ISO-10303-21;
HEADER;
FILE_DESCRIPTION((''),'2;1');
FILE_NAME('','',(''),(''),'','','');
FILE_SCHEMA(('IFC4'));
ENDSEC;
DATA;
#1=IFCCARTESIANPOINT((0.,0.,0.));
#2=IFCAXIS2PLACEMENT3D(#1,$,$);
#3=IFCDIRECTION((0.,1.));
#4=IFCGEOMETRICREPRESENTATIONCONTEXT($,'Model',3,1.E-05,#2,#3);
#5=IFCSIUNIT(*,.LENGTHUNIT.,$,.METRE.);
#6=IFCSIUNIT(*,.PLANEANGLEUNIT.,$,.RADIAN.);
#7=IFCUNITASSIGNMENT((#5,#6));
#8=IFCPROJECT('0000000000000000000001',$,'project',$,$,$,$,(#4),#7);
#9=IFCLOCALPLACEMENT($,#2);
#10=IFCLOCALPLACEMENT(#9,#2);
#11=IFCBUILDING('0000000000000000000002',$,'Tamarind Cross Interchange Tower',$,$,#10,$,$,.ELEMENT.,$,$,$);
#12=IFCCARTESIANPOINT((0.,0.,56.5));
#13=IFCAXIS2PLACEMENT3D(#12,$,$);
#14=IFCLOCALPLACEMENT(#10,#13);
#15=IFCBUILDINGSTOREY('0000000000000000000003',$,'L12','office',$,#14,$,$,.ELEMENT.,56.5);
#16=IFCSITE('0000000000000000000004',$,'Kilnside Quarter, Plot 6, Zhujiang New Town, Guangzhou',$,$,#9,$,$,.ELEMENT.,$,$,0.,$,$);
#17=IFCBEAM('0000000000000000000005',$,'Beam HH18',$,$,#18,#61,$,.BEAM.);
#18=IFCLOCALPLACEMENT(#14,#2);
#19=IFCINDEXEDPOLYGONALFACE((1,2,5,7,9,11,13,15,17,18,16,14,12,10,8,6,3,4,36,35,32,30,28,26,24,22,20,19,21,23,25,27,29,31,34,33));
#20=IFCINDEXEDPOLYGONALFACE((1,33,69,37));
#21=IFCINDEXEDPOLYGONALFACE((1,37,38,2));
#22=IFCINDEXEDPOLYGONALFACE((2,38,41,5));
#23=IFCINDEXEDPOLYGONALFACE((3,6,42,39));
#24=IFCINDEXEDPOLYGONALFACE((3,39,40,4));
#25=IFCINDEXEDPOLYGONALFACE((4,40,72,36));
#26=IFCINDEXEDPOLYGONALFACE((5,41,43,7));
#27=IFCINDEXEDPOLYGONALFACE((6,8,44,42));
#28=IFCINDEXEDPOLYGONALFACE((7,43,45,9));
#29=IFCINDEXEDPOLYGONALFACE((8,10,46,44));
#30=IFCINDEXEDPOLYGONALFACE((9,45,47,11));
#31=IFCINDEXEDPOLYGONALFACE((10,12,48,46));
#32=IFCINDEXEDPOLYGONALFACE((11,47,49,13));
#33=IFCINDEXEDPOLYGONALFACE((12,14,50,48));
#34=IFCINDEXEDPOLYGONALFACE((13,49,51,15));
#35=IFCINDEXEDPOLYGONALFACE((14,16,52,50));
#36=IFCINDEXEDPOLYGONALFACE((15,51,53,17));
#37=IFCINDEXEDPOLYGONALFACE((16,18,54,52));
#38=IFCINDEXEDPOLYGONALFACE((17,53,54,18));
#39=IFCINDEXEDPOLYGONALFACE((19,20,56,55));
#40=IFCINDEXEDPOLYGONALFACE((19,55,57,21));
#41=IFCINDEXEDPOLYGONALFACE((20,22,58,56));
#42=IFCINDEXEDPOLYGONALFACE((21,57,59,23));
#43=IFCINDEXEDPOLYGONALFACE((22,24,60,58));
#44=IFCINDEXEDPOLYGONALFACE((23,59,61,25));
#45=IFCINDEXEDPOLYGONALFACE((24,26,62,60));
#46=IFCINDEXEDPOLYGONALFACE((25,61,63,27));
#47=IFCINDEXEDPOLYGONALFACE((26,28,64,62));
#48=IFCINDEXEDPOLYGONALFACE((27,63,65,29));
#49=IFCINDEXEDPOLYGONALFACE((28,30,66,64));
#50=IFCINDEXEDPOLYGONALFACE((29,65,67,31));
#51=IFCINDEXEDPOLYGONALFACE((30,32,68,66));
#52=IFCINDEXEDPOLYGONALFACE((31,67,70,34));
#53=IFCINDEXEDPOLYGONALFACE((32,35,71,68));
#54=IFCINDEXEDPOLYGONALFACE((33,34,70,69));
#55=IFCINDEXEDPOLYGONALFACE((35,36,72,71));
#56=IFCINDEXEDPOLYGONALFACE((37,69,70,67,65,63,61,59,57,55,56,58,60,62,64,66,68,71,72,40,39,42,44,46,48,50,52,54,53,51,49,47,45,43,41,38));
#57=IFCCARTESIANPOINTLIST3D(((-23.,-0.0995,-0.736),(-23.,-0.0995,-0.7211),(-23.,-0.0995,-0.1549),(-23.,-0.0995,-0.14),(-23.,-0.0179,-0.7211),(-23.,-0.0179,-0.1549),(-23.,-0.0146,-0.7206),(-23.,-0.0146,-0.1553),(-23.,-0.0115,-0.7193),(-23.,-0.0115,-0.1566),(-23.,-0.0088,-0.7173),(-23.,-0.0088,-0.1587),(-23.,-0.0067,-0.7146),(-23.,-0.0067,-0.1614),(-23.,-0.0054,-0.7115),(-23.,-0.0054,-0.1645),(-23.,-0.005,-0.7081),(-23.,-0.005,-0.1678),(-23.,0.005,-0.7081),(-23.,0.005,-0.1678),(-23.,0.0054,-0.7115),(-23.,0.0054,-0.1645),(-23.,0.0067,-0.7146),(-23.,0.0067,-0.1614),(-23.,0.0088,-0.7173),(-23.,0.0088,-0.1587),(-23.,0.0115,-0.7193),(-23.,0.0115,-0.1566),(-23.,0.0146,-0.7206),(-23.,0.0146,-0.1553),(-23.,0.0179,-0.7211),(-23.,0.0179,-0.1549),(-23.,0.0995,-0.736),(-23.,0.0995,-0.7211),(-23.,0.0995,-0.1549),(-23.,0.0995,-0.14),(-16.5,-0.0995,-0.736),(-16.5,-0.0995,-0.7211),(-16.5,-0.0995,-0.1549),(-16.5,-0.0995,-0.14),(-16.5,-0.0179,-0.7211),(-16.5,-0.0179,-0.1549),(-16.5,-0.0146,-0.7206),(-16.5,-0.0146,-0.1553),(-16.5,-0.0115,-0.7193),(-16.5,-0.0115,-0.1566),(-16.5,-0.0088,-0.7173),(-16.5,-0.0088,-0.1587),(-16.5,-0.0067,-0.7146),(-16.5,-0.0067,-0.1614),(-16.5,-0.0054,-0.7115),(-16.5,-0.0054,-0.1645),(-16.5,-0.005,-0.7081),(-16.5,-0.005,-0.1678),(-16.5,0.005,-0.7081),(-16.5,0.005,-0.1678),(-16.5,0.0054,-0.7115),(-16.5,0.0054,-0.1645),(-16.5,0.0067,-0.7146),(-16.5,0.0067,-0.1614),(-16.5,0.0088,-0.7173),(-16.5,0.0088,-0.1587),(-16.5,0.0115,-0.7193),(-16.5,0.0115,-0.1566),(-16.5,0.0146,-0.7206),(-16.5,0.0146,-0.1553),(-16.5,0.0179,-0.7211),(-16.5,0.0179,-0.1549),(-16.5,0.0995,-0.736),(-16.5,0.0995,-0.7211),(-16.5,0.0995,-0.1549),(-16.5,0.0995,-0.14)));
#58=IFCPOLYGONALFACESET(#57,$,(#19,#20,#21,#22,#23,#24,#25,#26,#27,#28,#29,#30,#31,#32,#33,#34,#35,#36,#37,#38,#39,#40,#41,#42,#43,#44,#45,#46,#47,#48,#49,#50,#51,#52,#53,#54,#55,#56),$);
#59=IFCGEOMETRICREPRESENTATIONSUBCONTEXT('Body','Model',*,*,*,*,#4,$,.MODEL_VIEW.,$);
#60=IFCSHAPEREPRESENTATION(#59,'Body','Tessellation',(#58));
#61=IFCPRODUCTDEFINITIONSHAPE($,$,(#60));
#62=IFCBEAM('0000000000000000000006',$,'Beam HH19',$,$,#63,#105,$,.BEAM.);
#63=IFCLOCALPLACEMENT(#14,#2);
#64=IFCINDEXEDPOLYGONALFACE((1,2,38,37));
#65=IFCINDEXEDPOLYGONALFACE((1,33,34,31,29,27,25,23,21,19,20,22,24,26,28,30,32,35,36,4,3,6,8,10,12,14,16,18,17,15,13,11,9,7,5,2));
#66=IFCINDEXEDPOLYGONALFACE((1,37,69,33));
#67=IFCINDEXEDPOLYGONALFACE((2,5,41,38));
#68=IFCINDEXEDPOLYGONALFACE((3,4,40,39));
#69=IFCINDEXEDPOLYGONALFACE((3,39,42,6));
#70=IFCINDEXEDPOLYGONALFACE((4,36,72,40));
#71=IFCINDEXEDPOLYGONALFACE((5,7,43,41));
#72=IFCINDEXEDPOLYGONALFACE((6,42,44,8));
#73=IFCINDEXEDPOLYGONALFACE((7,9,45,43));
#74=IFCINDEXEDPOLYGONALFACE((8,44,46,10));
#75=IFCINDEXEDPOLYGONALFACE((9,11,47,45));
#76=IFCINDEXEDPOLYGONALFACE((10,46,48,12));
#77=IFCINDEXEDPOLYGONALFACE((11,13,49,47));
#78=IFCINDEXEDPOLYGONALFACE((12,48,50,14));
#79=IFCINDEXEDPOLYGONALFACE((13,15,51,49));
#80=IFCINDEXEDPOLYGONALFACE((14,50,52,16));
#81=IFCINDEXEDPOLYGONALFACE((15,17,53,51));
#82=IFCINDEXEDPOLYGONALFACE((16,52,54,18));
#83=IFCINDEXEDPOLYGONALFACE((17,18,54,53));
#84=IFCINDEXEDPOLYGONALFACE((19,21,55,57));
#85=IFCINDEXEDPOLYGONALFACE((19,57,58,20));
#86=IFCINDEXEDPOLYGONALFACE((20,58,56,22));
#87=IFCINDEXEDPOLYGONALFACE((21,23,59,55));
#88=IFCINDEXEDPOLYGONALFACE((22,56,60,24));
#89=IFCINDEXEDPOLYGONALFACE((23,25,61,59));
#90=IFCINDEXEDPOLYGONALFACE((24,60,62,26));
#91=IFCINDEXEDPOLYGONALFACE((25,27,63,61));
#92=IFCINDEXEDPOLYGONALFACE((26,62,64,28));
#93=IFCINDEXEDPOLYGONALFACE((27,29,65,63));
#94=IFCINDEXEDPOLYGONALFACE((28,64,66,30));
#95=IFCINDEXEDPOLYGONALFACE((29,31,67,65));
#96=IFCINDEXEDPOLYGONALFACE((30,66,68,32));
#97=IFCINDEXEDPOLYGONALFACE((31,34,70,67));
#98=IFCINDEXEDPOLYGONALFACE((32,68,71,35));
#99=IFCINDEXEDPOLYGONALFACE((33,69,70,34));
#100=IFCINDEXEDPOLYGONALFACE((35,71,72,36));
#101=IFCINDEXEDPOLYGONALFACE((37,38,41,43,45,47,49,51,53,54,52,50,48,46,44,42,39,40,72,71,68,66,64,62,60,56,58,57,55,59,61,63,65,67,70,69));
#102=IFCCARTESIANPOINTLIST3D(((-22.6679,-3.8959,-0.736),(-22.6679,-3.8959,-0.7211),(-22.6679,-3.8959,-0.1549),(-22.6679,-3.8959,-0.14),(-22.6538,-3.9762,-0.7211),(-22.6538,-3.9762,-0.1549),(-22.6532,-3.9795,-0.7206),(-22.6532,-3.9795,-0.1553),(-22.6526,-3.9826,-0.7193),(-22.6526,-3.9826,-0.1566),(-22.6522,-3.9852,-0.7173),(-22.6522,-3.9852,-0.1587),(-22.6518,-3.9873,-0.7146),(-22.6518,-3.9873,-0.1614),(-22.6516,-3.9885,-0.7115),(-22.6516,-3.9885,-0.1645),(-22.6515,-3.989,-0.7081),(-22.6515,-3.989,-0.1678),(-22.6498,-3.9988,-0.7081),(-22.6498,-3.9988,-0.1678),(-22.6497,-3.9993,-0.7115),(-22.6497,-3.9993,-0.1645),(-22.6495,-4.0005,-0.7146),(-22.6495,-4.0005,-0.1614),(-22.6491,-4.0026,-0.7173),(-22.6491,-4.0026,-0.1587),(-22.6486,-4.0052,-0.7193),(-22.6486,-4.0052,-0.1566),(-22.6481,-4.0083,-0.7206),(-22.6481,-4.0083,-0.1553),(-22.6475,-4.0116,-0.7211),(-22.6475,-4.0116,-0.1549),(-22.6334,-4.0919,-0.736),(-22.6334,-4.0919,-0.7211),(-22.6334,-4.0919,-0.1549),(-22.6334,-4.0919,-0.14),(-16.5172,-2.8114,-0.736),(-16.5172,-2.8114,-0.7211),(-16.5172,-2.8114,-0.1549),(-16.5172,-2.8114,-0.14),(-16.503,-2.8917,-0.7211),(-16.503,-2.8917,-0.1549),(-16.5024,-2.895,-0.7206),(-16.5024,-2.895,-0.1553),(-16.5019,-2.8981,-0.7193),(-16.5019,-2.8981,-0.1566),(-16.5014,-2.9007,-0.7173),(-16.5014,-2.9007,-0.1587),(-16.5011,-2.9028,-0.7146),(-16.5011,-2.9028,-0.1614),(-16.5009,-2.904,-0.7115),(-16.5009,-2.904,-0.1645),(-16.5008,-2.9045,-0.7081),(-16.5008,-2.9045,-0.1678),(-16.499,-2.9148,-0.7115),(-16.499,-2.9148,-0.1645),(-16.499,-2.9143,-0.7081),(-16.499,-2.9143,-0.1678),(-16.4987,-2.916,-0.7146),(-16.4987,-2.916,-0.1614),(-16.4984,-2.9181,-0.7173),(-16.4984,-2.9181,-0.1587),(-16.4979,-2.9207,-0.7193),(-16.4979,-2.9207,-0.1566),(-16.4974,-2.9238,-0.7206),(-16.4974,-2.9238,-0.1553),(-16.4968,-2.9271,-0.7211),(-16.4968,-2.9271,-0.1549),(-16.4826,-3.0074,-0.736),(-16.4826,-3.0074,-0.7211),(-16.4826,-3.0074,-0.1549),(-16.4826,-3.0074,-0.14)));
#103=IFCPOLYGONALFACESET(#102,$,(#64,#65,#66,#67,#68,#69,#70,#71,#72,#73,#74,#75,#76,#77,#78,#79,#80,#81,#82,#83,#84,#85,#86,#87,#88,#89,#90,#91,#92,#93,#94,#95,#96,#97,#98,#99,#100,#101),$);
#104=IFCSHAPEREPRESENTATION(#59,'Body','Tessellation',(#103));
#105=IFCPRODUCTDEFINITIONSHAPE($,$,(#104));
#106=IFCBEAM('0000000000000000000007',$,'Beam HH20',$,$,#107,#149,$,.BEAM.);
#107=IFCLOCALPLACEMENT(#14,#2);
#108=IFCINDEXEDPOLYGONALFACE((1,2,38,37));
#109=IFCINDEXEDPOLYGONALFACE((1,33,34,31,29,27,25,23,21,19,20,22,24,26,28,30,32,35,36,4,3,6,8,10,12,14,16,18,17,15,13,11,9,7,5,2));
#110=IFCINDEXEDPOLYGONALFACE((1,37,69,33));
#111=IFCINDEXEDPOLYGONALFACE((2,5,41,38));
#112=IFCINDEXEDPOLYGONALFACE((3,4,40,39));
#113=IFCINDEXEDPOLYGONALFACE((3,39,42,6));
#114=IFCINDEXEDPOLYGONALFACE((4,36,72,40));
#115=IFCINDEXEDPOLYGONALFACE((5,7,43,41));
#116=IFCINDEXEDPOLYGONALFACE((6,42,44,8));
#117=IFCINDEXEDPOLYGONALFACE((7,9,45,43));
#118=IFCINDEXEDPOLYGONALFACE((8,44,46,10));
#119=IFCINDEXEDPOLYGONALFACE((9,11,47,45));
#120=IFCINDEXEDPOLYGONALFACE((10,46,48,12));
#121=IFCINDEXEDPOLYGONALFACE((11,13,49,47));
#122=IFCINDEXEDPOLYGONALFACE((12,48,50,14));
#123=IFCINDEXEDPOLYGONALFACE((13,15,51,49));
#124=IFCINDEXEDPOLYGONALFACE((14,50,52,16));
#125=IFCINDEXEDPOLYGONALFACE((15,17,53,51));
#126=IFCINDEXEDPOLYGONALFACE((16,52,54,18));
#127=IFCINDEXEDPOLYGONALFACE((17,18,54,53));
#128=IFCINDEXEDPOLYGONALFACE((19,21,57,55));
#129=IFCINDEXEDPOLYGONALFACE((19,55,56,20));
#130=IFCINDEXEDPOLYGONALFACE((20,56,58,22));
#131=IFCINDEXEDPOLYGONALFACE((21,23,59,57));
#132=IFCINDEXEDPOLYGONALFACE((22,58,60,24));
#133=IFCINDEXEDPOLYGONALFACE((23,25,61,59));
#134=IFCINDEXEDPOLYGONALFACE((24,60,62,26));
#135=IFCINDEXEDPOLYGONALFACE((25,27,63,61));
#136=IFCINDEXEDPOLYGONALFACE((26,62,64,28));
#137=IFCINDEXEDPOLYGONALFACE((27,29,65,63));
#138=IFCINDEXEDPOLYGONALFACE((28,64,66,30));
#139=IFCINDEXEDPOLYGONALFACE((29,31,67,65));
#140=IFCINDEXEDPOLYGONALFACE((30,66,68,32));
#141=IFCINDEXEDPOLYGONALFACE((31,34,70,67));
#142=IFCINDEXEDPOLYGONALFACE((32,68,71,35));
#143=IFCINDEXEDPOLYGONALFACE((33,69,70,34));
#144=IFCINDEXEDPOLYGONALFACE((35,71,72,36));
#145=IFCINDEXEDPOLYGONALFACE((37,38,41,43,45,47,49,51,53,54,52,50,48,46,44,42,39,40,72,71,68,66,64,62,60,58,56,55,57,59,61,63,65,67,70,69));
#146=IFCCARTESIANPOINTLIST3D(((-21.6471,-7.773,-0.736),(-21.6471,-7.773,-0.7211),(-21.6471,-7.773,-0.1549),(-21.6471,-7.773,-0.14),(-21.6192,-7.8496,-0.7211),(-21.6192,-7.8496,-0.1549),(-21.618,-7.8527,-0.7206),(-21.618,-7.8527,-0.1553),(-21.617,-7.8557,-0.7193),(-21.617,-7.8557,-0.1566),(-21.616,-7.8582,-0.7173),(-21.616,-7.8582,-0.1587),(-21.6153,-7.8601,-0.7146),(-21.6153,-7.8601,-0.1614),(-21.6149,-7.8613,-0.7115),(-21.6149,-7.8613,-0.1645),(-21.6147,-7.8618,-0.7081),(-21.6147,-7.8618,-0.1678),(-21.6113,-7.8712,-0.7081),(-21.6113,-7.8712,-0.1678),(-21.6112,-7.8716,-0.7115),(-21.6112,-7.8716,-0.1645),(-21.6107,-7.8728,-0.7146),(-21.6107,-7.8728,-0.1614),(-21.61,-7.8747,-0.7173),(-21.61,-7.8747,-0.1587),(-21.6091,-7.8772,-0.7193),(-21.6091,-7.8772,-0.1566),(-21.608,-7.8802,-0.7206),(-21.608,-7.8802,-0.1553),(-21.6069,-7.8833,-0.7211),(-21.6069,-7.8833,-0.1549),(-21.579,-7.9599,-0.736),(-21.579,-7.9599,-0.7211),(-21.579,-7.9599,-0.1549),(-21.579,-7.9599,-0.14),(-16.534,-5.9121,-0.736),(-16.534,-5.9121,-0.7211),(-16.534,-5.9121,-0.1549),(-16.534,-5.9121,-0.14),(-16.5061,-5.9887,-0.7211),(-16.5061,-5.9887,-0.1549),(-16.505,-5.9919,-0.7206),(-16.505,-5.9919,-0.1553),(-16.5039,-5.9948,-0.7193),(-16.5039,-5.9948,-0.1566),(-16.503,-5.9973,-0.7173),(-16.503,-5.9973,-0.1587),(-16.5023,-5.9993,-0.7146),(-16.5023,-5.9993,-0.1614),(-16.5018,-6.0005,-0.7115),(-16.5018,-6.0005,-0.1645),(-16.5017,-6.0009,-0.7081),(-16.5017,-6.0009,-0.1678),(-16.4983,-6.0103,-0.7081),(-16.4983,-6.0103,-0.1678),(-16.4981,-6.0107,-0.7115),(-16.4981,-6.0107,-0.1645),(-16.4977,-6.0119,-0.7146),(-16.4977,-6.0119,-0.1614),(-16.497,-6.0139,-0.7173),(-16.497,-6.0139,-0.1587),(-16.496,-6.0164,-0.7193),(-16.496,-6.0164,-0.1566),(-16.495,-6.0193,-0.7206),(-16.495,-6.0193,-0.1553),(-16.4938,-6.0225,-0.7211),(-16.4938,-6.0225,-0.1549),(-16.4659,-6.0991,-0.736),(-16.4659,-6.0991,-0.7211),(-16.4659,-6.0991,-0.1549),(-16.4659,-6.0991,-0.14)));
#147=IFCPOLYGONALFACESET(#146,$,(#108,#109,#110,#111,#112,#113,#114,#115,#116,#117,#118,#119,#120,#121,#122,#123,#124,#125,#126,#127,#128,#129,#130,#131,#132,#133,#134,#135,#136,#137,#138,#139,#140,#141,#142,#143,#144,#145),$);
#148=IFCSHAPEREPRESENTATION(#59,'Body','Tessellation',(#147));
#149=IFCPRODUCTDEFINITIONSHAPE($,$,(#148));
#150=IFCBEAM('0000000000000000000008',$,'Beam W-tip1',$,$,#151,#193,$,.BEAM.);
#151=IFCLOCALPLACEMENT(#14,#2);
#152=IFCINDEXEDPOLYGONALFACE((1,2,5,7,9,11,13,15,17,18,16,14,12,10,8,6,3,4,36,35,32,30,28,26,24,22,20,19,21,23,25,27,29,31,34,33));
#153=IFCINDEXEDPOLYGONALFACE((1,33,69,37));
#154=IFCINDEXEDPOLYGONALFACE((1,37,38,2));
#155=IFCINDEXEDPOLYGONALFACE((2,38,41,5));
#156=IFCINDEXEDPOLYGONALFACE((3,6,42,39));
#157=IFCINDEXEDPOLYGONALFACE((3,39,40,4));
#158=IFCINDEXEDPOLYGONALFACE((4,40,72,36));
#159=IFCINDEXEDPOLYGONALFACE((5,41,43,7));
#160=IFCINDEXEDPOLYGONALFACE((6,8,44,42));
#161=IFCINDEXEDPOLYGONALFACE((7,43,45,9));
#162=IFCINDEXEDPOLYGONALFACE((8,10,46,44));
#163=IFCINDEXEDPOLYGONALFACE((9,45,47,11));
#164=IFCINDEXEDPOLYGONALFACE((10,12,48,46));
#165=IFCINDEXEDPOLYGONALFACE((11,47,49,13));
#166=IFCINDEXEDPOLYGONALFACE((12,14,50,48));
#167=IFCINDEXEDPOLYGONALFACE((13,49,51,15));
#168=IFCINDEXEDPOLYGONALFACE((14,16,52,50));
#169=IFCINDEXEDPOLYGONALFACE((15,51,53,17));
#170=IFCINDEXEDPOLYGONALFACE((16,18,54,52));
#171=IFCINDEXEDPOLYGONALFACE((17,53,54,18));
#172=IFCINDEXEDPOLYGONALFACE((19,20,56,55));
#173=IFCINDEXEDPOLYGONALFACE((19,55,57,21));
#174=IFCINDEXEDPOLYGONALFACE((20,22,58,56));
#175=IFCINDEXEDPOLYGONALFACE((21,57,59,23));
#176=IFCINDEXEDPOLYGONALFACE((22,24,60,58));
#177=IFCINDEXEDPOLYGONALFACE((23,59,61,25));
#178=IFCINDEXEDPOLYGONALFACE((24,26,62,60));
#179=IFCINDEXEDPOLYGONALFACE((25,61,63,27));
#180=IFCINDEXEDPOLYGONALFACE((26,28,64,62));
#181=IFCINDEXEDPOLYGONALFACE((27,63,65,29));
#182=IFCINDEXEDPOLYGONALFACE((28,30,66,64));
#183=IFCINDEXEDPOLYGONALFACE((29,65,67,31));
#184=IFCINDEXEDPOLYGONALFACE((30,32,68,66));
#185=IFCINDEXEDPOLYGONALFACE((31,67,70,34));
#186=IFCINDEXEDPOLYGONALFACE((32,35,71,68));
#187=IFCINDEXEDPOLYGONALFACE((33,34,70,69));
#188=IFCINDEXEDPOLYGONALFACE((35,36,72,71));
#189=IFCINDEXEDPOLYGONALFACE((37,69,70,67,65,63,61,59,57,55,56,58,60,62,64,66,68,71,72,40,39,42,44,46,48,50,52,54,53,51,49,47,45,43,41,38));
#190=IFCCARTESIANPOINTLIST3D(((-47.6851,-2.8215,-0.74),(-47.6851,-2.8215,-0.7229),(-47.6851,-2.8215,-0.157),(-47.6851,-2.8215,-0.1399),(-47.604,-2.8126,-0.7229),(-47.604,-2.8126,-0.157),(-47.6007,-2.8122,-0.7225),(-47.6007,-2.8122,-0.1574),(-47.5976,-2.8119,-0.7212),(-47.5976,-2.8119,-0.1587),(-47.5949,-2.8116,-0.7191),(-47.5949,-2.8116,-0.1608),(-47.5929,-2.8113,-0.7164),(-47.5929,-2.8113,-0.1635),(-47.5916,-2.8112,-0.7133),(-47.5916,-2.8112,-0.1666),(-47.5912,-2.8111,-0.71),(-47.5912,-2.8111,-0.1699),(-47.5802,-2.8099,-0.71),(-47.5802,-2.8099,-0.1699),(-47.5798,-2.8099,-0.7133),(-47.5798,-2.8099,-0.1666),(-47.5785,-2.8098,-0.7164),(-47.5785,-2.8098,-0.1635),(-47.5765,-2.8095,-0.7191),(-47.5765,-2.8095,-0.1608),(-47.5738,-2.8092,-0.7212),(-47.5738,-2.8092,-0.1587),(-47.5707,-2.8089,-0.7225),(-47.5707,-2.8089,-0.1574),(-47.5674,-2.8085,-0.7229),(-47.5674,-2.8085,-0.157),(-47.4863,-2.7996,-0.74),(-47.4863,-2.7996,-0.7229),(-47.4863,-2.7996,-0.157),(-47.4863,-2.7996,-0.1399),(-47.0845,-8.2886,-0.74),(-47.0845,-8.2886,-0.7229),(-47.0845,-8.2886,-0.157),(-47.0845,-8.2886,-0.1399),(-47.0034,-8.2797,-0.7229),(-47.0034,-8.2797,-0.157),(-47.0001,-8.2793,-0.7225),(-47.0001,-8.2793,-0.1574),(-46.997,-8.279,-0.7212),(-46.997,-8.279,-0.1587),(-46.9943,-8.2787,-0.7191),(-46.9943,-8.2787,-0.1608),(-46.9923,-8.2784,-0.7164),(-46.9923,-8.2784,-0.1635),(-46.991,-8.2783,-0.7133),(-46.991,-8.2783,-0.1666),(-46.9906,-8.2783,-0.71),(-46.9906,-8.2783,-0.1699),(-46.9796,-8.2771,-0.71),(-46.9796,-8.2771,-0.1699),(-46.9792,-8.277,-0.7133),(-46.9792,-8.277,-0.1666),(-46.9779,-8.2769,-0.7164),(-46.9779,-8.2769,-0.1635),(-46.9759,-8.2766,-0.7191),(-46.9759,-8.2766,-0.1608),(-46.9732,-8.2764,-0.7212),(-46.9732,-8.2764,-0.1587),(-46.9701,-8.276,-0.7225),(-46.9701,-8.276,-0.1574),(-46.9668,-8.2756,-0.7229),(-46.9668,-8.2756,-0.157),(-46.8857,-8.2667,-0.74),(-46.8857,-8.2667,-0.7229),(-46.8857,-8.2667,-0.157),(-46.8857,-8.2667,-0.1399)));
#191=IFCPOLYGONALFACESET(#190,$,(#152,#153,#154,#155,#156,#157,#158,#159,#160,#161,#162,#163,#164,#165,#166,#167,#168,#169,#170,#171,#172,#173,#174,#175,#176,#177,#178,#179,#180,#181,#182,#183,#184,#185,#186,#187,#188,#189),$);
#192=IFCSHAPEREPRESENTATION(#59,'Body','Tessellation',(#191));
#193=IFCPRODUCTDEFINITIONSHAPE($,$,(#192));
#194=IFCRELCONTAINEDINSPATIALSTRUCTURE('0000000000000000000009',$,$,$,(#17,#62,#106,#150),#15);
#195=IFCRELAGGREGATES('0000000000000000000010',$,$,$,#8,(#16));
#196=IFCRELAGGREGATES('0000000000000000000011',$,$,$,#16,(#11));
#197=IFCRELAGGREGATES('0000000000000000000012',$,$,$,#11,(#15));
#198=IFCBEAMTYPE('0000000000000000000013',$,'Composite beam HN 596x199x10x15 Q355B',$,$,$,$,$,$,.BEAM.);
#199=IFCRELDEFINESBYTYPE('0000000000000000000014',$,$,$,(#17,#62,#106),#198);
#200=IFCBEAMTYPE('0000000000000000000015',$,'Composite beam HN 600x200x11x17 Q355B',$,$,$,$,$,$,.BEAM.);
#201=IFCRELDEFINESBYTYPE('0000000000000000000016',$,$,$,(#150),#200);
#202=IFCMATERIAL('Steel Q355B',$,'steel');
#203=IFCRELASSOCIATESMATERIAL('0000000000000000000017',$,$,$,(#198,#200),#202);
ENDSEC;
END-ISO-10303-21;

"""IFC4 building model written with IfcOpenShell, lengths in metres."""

from ifc_helpers import new_model, si_unit, direction, frame, origin, origin_2d, place, context, subcontext, project, spatial, i_section, extrude, material, material_profile, profile_set, type_object, element, save


model = new_model("IFC4")

# Units and contexts
model_context = context("Model", 3, precision=1e-05, world=origin(), true_north=direction((0.0, 1.0)))
body_context = subcontext(model_context, "Body", "Model", "MODEL_VIEW")
ifc_project = project(units=[si_unit("LENGTHUNIT", "METRE"), si_unit("PLANEANGLEUNIT", "RADIAN")], contexts=[model_context])

# Site, building, storey
site_placement = place(None, origin())
site = spatial("IfcSite", under=ifc_project, at=site_placement, Name="Kilnside Quarter, Plot 6, Zhujiang New Town, Guangzhou", CompositionType="ELEMENT", RefElevation=0.0)
building_placement = place(site_placement, origin())
building = spatial("IfcBuilding", under=site, at=building_placement, Name="Tamarind Cross Interchange Tower", CompositionType="ELEMENT")
storey_placement = place(building_placement, frame((0.0, 0.0, 56.5)))
storey = spatial("IfcBuildingStorey", under=building, at=storey_placement, Name="L12", Description="office", CompositionType="ELEMENT", Elevation=56.5)

# Beams
ifc_material_1 = material(Name="Steel Q355B", Category="steel")
ifc_material_profile_1 = material_profile(ifc_material_1, i_section(OverallWidth=0.199, OverallDepth=0.5959, WebThickness=0.01, FlangeThickness=0.0149, FilletRadius=0.0129, at=origin_2d()), Name="HN 596x199x10x15")
ifc_profile_set_1 = profile_set([ifc_material_profile_1], Name="Steel Q355B")
beam_type_1 = type_object("IfcBeamType", Name="Composite beam HN 596x199x10x15 Q355B", PredefinedType="BEAM", material=ifc_profile_set_1)
beam_1_placement = place(storey_placement, frame((-23.0, 0.0, -0.438), z_axis=(1.0, 0.0, 0.0), x_axis=(0.0, 1.0, 0.0)))
element("IfcBeam", 1, at=beam_1_placement, inside=storey, type_object=beam_type_1, Name="Beam HH18", PredefinedType="BEAM", context=body_context, shape_type="SweptSolid", body=[
    extrude(i_section(OverallWidth=0.199, OverallDepth=0.5959, WebThickness=0.01, FlangeThickness=0.0149, FilletRadius=0.0129, at=origin_2d()), origin(), (0.0, 0.0, 1.0), 6.5),
])
beam_2_placement = place(storey_placement, frame((-22.6506, -3.9939, -0.438), z_axis=(0.984809, 0.17364, 0.0), x_axis=(-0.17364, 0.984809, 0.0)))
element("IfcBeam", 2, at=beam_2_placement, inside=storey, type_object=beam_type_1, Name="Beam HH19", PredefinedType="BEAM", context=body_context, shape_type="SweptSolid", body=[
    extrude(i_section(OverallWidth=0.199, OverallDepth=0.5959, WebThickness=0.01, FlangeThickness=0.0149, FilletRadius=0.0129, at=origin_2d()), origin(), (0.0, 0.0, 1.0), 6.2456),
])
beam_3_placement = place(storey_placement, frame((-21.613, -7.8665, -0.438), z_axis=(0.939702, 0.341995, 0.0), x_axis=(-0.341995, 0.939702, 0.0)))
element("IfcBeam", 3, at=beam_3_placement, inside=storey, type_object=beam_type_1, Name="Beam HH20", PredefinedType="BEAM", context=body_context, shape_type="SweptSolid", body=[
    extrude(i_section(OverallWidth=0.199, OverallDepth=0.5959, WebThickness=0.01, FlangeThickness=0.0149, FilletRadius=0.0129, at=origin_2d()), origin(), (0.0, 0.0, 1.0), 5.4412),
])
ifc_material_profile_2 = material_profile(ifc_material_1, i_section(OverallWidth=0.2, OverallDepth=0.6001, WebThickness=0.011, FlangeThickness=0.0171, FilletRadius=0.0129, at=origin_2d()), Name="HN 600x200x11x17")
ifc_profile_set_2 = profile_set([ifc_material_profile_2], Name="Steel Q355B")
beam_type_2 = type_object("IfcBeamType", Name="Composite beam HN 600x200x11x17 Q355B", PredefinedType="BEAM", material=ifc_profile_set_2)
beam_4_placement = place(storey_placement, frame((-47.5857, -2.8105, -0.4399), z_axis=(0.109199, -0.99402, 0.0), x_axis=(0.99402, 0.109199, 0.0)))
element("IfcBeam", 4, at=beam_4_placement, inside=storey, type_object=beam_type_2, Name="Beam W-tip1", PredefinedType="BEAM", context=body_context, shape_type="SweptSolid", body=[
    extrude(i_section(OverallWidth=0.2, OverallDepth=0.6001, WebThickness=0.011, FlangeThickness=0.0171, FilletRadius=0.0129, at=origin_2d()), origin(), (0.0, 0.0, 1.0), 5.5),
])

save(model, "model.ifc")
